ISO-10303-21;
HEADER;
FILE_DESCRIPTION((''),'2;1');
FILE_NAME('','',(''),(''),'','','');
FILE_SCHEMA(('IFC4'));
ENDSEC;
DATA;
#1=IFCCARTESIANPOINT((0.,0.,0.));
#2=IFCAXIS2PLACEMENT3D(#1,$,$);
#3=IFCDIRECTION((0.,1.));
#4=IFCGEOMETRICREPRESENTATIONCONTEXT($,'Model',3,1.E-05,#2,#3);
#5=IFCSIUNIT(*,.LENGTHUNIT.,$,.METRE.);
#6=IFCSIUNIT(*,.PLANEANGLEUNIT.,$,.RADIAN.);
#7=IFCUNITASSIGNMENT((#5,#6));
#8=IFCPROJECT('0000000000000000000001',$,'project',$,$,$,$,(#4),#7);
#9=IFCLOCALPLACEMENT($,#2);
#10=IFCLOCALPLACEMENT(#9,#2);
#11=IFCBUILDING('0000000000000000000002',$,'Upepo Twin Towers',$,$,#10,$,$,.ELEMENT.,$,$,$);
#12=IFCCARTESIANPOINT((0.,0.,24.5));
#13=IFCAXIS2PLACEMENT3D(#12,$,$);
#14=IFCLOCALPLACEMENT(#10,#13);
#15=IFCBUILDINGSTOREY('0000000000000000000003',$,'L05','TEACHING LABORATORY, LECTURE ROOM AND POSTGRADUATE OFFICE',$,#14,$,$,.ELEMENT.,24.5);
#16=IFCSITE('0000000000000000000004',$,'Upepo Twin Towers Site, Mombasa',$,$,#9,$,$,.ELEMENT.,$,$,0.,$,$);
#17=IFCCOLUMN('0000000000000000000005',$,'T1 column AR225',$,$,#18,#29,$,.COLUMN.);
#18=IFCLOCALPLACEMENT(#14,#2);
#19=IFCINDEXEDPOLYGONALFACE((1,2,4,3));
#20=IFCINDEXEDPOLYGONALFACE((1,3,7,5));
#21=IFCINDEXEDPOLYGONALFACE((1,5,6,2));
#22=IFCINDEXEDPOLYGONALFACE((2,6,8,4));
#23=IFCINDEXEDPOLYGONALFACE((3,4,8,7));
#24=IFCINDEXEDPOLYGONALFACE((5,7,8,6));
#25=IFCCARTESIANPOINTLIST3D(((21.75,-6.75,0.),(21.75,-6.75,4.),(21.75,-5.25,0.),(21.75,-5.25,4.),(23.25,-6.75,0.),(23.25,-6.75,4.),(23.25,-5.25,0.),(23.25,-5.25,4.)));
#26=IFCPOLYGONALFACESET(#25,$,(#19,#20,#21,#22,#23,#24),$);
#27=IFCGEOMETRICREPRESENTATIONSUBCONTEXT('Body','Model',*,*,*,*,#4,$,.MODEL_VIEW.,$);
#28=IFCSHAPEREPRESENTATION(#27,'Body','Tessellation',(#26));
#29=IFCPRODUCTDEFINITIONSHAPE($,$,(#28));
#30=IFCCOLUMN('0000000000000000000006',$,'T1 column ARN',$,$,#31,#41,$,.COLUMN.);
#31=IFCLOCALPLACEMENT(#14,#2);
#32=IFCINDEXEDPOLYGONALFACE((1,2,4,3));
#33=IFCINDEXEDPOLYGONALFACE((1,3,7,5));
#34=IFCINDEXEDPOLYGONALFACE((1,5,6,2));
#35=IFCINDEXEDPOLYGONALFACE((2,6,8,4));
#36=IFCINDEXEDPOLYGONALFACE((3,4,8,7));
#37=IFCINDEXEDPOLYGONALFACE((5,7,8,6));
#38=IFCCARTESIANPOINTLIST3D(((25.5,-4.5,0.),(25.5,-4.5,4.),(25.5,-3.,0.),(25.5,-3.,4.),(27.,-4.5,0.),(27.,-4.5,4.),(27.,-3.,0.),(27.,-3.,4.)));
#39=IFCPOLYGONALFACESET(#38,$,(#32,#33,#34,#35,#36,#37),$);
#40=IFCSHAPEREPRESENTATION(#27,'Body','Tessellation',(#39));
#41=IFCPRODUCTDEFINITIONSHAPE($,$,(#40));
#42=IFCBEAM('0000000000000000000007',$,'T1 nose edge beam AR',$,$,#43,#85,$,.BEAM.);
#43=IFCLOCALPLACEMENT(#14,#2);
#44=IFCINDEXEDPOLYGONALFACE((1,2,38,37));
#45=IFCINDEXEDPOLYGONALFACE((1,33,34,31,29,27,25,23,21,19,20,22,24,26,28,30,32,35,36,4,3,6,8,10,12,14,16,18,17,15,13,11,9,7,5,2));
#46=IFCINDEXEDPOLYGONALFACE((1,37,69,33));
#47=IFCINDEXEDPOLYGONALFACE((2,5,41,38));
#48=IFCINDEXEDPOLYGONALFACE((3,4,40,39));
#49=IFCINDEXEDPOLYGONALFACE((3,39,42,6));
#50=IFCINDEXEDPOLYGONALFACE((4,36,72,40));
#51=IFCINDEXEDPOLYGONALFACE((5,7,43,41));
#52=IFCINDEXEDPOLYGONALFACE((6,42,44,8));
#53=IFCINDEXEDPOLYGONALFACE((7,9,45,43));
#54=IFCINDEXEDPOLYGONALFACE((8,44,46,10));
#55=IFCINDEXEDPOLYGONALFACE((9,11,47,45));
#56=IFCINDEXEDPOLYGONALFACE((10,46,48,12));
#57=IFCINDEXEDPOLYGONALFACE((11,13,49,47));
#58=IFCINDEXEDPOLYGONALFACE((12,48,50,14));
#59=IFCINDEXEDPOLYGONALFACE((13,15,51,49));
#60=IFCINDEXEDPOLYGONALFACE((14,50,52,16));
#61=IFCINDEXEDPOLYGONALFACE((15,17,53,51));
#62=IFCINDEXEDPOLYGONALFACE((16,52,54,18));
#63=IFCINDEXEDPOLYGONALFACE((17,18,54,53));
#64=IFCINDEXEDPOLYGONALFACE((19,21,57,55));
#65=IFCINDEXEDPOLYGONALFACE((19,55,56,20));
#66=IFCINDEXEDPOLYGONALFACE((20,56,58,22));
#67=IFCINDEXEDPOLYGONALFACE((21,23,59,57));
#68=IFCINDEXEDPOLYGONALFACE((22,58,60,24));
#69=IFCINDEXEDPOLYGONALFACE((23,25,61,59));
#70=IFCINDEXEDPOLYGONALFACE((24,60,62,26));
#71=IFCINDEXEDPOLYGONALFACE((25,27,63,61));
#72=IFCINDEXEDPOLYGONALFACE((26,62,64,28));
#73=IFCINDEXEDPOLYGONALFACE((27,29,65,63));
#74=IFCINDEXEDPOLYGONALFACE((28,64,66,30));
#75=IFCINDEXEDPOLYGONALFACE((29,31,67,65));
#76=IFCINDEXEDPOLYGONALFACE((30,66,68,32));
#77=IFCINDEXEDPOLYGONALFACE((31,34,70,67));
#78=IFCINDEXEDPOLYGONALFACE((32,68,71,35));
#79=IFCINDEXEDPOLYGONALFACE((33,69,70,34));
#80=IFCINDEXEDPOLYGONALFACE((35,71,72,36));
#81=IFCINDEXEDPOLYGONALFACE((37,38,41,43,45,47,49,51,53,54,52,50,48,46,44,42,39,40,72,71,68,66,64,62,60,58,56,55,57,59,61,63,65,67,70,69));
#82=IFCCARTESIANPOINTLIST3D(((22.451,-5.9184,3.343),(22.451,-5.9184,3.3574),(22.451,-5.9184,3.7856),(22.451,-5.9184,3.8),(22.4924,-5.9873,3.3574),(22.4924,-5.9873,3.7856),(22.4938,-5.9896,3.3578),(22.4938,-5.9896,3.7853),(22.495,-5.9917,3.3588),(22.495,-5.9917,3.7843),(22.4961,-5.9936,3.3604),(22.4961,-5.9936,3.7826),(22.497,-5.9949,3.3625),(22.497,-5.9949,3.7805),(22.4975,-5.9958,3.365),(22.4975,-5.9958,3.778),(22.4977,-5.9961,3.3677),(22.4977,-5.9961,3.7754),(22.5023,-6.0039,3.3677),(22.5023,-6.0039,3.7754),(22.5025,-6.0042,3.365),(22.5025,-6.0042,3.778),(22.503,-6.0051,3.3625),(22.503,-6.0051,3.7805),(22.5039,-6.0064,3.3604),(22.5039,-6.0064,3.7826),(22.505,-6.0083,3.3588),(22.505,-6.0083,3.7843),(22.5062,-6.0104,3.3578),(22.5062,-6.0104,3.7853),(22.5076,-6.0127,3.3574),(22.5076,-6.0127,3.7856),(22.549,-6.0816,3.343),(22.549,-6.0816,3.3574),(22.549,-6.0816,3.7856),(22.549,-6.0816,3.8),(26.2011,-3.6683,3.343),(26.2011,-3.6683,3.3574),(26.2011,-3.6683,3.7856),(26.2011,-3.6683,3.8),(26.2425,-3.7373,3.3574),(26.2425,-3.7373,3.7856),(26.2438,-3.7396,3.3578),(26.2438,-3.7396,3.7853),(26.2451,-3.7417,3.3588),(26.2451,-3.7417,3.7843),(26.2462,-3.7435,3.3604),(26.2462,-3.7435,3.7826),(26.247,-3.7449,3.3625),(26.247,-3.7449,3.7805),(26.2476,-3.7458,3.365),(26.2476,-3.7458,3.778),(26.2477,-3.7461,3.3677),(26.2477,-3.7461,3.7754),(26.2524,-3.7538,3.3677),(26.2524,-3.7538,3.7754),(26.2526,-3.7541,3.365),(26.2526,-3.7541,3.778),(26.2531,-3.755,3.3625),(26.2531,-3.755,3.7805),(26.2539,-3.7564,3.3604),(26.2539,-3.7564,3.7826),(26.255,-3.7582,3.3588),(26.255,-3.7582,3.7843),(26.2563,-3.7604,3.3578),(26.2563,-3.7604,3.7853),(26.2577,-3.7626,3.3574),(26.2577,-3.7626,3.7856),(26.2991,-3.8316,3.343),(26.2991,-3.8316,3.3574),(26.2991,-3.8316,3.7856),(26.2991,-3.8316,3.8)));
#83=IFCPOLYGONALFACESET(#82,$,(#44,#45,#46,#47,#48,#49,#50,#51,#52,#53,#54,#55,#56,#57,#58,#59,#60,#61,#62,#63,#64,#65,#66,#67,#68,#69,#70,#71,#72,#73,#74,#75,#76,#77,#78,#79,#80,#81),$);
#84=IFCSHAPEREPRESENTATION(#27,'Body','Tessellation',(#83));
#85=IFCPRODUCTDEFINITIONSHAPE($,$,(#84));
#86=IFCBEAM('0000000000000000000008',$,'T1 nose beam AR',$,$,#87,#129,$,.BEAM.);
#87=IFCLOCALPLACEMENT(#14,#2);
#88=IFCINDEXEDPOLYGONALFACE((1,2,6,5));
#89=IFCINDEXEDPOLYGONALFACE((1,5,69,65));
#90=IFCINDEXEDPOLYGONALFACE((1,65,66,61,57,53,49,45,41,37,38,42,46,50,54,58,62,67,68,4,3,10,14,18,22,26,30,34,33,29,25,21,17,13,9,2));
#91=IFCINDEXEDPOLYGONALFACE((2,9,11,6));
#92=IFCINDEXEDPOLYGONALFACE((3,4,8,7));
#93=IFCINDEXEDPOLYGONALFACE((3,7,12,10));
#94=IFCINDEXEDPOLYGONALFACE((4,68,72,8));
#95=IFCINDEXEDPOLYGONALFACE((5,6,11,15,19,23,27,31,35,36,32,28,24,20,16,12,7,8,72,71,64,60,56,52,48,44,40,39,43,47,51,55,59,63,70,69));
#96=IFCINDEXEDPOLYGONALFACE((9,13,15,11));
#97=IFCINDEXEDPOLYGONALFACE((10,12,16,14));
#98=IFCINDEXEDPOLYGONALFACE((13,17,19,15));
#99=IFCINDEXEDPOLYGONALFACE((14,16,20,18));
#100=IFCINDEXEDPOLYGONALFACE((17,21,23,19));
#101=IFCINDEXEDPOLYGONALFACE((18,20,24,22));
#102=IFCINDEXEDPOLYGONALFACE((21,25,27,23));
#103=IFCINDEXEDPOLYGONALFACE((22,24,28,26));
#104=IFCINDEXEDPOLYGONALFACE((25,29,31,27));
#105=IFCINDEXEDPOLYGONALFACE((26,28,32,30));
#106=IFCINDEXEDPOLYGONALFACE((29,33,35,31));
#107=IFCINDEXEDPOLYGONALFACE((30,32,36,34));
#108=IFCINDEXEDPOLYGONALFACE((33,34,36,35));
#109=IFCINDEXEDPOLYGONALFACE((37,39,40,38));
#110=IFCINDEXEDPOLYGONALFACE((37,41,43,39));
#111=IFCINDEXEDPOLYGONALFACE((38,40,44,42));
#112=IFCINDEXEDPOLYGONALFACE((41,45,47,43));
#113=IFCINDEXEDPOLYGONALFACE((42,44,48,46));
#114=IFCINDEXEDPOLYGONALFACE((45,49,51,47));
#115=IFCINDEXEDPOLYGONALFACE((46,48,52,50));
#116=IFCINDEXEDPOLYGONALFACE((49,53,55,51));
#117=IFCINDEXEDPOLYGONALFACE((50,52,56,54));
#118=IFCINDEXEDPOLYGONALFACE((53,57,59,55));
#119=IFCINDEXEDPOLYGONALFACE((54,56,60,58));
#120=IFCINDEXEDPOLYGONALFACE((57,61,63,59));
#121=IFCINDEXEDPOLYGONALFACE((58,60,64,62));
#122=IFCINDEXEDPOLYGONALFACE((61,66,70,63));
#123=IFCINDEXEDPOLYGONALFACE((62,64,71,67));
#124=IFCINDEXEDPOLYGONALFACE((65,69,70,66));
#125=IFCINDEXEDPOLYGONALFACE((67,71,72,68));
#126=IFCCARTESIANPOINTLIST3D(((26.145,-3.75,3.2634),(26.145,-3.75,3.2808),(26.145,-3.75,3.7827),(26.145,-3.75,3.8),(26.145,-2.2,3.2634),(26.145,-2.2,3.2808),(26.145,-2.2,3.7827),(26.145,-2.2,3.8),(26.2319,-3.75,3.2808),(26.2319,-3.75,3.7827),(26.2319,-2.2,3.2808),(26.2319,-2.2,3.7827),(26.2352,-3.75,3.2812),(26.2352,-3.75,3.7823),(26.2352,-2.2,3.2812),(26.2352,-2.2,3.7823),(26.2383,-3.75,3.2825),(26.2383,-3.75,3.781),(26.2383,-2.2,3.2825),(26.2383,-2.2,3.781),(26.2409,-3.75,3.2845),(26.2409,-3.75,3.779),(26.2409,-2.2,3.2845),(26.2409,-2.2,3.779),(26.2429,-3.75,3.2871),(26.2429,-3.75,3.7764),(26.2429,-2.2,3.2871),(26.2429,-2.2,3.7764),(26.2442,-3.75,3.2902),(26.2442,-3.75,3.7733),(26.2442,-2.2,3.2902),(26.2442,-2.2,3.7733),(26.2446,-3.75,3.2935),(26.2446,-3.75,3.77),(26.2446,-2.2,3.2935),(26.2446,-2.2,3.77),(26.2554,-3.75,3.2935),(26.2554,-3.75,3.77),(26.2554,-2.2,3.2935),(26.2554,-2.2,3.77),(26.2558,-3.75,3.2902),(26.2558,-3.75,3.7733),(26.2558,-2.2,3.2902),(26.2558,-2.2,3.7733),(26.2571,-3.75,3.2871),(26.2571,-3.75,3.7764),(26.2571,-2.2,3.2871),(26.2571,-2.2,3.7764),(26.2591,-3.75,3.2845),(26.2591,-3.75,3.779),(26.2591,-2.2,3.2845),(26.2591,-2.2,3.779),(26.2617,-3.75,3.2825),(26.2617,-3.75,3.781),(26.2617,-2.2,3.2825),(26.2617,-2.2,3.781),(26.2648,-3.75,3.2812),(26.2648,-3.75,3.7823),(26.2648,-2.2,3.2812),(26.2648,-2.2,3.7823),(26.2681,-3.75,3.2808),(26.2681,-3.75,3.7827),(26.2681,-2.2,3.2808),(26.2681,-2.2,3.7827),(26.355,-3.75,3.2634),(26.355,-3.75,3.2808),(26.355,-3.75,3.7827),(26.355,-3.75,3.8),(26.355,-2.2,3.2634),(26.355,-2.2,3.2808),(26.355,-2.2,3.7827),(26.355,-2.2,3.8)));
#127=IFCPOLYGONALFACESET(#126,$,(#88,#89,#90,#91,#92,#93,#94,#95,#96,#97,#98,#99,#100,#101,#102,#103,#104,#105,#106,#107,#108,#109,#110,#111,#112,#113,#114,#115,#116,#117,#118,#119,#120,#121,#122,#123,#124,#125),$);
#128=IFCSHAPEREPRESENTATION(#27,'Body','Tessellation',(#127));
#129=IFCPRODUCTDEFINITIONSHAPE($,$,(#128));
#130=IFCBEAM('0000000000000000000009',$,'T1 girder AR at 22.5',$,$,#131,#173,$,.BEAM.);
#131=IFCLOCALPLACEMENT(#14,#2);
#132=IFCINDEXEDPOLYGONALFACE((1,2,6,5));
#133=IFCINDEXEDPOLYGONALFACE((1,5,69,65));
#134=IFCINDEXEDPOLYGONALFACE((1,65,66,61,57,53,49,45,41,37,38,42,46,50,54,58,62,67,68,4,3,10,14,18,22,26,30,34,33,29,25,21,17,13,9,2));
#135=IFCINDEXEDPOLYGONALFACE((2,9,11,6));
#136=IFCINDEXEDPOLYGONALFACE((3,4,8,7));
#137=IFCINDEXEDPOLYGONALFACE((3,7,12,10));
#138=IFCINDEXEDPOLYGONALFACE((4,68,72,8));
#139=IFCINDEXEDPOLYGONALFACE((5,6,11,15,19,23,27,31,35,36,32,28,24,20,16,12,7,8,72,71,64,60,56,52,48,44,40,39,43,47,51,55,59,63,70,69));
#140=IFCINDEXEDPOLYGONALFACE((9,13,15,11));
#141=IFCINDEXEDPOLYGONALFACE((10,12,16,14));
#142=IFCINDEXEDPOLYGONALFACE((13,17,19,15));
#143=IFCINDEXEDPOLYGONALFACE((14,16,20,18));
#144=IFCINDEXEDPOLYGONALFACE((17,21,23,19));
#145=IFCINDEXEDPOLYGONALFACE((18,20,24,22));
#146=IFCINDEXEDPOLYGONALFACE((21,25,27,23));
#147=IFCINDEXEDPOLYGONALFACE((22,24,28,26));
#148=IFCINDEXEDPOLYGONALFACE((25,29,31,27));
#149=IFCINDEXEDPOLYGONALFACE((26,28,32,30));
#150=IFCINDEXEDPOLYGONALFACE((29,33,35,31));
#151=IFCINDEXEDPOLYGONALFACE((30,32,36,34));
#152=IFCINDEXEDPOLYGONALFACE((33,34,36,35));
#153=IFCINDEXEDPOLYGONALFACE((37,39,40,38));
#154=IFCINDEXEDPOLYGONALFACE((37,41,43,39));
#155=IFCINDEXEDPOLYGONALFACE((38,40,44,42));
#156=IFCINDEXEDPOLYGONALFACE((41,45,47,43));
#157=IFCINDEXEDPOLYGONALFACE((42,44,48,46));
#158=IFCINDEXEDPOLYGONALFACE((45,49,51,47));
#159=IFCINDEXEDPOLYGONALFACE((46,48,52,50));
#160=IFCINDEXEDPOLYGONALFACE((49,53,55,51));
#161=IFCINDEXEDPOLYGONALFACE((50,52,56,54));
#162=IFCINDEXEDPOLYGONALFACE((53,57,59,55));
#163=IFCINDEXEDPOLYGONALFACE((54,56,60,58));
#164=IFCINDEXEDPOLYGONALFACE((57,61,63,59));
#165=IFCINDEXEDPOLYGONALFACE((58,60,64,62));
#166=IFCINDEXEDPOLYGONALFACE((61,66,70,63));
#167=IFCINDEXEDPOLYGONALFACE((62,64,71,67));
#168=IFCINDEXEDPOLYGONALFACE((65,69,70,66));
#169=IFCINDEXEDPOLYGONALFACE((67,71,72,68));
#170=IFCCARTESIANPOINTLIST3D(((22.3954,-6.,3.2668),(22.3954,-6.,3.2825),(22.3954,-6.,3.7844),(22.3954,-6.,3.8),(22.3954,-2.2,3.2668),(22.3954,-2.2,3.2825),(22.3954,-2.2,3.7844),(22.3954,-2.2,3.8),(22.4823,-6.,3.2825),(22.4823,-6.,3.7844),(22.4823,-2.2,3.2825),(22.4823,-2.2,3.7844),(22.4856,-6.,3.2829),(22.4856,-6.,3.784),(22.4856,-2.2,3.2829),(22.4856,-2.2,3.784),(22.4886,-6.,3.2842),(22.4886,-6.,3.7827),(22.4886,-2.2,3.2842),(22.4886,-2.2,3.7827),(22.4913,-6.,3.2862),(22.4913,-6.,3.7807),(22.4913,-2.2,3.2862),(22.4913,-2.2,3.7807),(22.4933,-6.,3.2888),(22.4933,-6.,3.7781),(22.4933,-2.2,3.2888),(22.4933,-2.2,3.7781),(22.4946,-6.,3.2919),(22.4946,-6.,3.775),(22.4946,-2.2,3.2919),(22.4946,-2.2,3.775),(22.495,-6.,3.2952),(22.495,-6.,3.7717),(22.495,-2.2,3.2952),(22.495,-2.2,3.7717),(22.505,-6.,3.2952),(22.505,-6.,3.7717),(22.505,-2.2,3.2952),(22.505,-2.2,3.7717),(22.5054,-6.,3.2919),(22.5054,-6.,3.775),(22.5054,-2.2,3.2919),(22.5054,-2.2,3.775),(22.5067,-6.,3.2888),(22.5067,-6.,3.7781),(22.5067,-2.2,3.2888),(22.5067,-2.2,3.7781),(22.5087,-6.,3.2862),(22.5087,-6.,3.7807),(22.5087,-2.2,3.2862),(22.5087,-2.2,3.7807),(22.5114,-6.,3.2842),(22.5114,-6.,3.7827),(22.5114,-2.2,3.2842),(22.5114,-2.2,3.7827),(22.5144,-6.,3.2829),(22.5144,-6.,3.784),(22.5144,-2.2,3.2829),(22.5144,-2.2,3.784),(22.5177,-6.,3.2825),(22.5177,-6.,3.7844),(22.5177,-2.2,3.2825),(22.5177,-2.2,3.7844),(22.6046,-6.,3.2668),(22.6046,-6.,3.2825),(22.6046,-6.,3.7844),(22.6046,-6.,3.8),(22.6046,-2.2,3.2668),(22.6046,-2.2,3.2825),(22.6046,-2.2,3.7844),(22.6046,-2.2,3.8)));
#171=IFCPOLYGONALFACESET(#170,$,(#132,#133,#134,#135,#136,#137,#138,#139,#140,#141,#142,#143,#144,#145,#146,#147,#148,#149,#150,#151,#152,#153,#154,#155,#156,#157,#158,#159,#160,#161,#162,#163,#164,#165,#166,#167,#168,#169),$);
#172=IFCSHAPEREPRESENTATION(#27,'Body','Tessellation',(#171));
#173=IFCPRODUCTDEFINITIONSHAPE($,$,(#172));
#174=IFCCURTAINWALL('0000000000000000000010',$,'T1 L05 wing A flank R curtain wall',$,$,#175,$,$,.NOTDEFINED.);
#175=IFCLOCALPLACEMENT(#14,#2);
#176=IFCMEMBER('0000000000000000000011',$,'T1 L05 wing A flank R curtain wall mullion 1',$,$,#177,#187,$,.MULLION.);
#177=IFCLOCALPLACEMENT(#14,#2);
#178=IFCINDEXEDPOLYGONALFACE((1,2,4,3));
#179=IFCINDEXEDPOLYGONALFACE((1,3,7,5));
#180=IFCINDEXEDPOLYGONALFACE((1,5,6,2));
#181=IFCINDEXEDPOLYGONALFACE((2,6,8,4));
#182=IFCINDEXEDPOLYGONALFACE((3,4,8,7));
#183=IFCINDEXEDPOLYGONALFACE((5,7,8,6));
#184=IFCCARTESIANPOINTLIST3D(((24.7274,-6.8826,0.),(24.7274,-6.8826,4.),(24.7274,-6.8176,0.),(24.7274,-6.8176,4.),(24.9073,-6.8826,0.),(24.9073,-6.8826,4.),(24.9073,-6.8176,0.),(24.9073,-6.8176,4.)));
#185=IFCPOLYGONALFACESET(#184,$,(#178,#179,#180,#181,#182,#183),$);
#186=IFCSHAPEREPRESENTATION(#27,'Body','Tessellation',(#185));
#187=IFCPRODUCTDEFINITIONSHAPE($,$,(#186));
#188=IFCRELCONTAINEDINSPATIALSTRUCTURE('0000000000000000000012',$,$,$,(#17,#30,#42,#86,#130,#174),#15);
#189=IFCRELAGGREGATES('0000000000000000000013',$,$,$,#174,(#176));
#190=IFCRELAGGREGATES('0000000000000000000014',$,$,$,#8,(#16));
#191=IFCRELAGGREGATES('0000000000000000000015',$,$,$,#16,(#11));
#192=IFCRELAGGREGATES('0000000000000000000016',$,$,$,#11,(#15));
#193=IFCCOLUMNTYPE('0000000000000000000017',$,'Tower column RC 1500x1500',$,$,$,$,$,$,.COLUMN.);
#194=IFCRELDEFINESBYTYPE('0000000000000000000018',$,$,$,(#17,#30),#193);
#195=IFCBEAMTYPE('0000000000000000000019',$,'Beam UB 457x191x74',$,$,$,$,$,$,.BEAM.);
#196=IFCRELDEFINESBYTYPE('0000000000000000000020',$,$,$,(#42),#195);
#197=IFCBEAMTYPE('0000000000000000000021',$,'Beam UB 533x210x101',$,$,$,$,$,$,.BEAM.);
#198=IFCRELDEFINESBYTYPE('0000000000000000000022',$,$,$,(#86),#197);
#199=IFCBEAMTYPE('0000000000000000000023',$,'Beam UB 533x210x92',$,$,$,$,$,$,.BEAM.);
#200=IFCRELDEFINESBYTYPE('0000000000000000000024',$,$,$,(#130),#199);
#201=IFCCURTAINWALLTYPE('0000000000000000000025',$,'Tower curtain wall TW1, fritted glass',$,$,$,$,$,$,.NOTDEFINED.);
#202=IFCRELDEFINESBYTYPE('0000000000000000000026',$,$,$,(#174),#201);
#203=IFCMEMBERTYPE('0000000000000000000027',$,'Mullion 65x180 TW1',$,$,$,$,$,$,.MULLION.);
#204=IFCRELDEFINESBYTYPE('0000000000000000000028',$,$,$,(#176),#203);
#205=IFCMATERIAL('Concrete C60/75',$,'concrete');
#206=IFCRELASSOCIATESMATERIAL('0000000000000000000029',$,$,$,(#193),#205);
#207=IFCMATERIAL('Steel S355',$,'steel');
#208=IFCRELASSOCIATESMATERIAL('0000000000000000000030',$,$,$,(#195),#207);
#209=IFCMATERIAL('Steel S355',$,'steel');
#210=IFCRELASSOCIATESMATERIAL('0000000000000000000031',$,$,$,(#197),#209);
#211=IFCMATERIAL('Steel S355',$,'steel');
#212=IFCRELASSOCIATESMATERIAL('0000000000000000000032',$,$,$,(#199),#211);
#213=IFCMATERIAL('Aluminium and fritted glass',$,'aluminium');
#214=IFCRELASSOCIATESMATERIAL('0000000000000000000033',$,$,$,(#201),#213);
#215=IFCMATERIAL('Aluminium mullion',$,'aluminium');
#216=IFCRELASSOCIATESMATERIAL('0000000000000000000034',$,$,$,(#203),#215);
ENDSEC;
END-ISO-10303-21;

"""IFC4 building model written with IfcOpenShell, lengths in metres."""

from ifc_helpers import new_model, si_unit, direction, frame, origin, origin_2d, place, context, subcontext, project, spatial, rectangle, i_section, extrude, material, material_profile, profile_set, type_object, element, aggregate, save


model = new_model("IFC4")

# Units and contexts
model_context = context("Model", 3, precision=1e-05, world=origin(), true_north=direction((0.0, 1.0)))
body_context = subcontext(model_context, "Body", "Model", "MODEL_VIEW")
ifc_project = project(units=[si_unit("LENGTHUNIT", "METRE"), si_unit("PLANEANGLEUNIT", "RADIAN")], contexts=[model_context])

# Site, building, storey
site_placement = place(None, origin())
site = spatial("IfcSite", under=ifc_project, at=site_placement, Name="Upepo Twin Towers Site, Mombasa", CompositionType="ELEMENT", RefElevation=0.0)
building_placement = place(site_placement, origin())
building = spatial("IfcBuilding", under=site, at=building_placement, Name="Upepo Twin Towers", CompositionType="ELEMENT")
storey_placement = place(building_placement, frame((0.0, 0.0, 24.5)))
storey = spatial("IfcBuildingStorey", under=building, at=storey_placement, Name="L05", Description="TEACHING LABORATORY, LECTURE ROOM AND POSTGRADUATE OFFICE", CompositionType="ELEMENT", Elevation=24.5)

# Columns
ifc_material_1 = material(Name="Concrete C60/75", Category="concrete")
ifc_material_profile_1 = material_profile(ifc_material_1, rectangle(XDim=1.5, YDim=1.5, at=origin_2d()), Name="RC 1500x1500")
ifc_profile_set_1 = profile_set([ifc_material_profile_1], Name="Concrete C60/75")
column_type = type_object("IfcColumnType", Name="Tower column RC 1500x1500", PredefinedType="COLUMN", material=ifc_profile_set_1)
for number, where, z_axis, x_axis, name in (
    (1, (22.5, -6.0, 0.0), (0.0, 0.0, 1.0), (1.0, 0.0, 0.0), "T1 column AR225"),
    (2, (26.25, -3.75, 0.0), (0.0, 0.0, 1.0), (1.0, 0.0, 0.0), "T1 column ARN"),
):
    element("IfcColumn", number, at=place(storey_placement, frame(where, z_axis=z_axis, x_axis=x_axis)), inside=storey, type_object=column_type, Name=name, PredefinedType="COLUMN", context=body_context, shape_type="SweptSolid", body=[
        extrude(rectangle(XDim=1.5, YDim=1.5, at=origin_2d()), origin(), (0.0, 0.0, 1.0), 4.0),
    ])

# Beams
ifc_material_2 = material(Name="Steel S355", Category="steel")
ifc_material_profile_2 = material_profile(ifc_material_2, i_section(OverallWidth=0.1904, OverallDepth=0.457, WebThickness=0.009, FlangeThickness=0.0144, FilletRadius=0.0103, at=origin_2d()), Name="UB 457x191x74")
ifc_profile_set_2 = profile_set([ifc_material_profile_2], Name="Steel S355")
beam_type_1 = type_object("IfcBeamType", Name="Beam UB 457x191x74", PredefinedType="BEAM", material=ifc_profile_set_2)
beam_1_placement = place(storey_placement, frame((22.5, -6.0, 3.5715), z_axis=(0.857493, 0.514496, 0.0), x_axis=(-0.514496, 0.857493, 0.0)))
element("IfcBeam", 3, at=beam_1_placement, inside=storey, type_object=beam_type_1, Name="T1 nose edge beam AR", PredefinedType="BEAM", context=body_context, shape_type="SweptSolid", body=[
    extrude(i_section(OverallWidth=0.1904, OverallDepth=0.457, WebThickness=0.009, FlangeThickness=0.0144, FilletRadius=0.0103, at=origin_2d()), origin(), (0.0, 0.0, 1.0), 4.3733),
])
ifc_material_3 = material(Name="Steel S355", Category="steel")
ifc_material_profile_3 = material_profile(ifc_material_3, i_section(OverallWidth=0.21, OverallDepth=0.5366, WebThickness=0.0107, FlangeThickness=0.0173, FilletRadius=0.0127, at=origin_2d()), Name="UB 533x210x101")
ifc_profile_set_3 = profile_set([ifc_material_profile_3], Name="Steel S355")
beam_type_2 = type_object("IfcBeamType", Name="Beam UB 533x210x101", PredefinedType="BEAM", material=ifc_profile_set_3)
beam_2_placement = place(storey_placement, frame((26.25, -3.75, 3.5317), z_axis=(0.0, 1.0, 0.0), x_axis=(-1.0, 0.0, 0.0)))
element("IfcBeam", 4, at=beam_2_placement, inside=storey, type_object=beam_type_2, Name="T1 nose beam AR", PredefinedType="BEAM", context=body_context, shape_type="SweptSolid", body=[
    extrude(i_section(OverallWidth=0.21, OverallDepth=0.5366, WebThickness=0.0107, FlangeThickness=0.0173, FilletRadius=0.0127, at=origin_2d()), origin(), (0.0, 0.0, 1.0), 1.55),
])
ifc_material_4 = material(Name="Steel S355", Category="steel")
ifc_material_profile_4 = material_profile(ifc_material_4, i_section(OverallWidth=0.2092, OverallDepth=0.5332, WebThickness=0.01, FlangeThickness=0.0156, FilletRadius=0.0127, at=origin_2d()), Name="UB 533x210x92")
ifc_profile_set_4 = profile_set([ifc_material_profile_4], Name="Steel S355")
beam_type_3 = type_object("IfcBeamType", Name="Beam UB 533x210x92", PredefinedType="BEAM", material=ifc_profile_set_4)
beam_3_placement = place(storey_placement, frame((22.5, -6.0, 3.5334), z_axis=(0.0, 1.0, 0.0), x_axis=(-1.0, 0.0, 0.0)))
element("IfcBeam", 5, at=beam_3_placement, inside=storey, type_object=beam_type_3, Name="T1 girder AR at 22.5", PredefinedType="BEAM", context=body_context, shape_type="SweptSolid", body=[
    extrude(i_section(OverallWidth=0.2092, OverallDepth=0.5332, WebThickness=0.01, FlangeThickness=0.0156, FilletRadius=0.0127, at=origin_2d()), origin(), (0.0, 0.0, 1.0), 3.8),
])

# Curtain wall, member
ifc_material_5 = material(Name="Aluminium and fritted glass", Category="aluminium")
curtain_wall_type = type_object("IfcCurtainWallType", Name="Tower curtain wall TW1, fritted glass", PredefinedType="NOTDEFINED", material=ifc_material_5)
curtain_wall_1_placement = place(storey_placement, origin())
curtain_wall_1 = element("IfcCurtainWall", 6, at=curtain_wall_1_placement, inside=storey, type_object=curtain_wall_type, Name="T1 L05 wing A flank R curtain wall", PredefinedType="NOTDEFINED")
ifc_material_6 = material(Name="Aluminium mullion", Category="aluminium")
ifc_material_profile_5 = material_profile(ifc_material_6, rectangle(XDim=0.0649, YDim=0.1799, at=origin_2d()), Name="MULLION 65x180")
ifc_profile_set_5 = profile_set([ifc_material_profile_5], Name="Aluminium mullion")
member_type_1 = type_object("IfcMemberType", Name="Mullion 65x180 TW1", PredefinedType="MULLION", material=ifc_profile_set_5)
member_1_placement = place(storey_placement, frame((24.8174, -6.8501, 0.0), z_axis=(0.0, 0.0, 1.0), x_axis=(0.0, -1.0, 0.0)))
member_1 = element("IfcMember", 7, at=member_1_placement, type_object=member_type_1, Name="T1 L05 wing A flank R curtain wall mullion 1", PredefinedType="MULLION", context=body_context, shape_type="SweptSolid", body=[
    extrude(rectangle(XDim=0.0649, YDim=0.1799, at=origin_2d()), origin(), (0.0, 0.0, 1.0), 4.0),
])

aggregate(curtain_wall_1, [member_1])

save(model, "model.ifc")
